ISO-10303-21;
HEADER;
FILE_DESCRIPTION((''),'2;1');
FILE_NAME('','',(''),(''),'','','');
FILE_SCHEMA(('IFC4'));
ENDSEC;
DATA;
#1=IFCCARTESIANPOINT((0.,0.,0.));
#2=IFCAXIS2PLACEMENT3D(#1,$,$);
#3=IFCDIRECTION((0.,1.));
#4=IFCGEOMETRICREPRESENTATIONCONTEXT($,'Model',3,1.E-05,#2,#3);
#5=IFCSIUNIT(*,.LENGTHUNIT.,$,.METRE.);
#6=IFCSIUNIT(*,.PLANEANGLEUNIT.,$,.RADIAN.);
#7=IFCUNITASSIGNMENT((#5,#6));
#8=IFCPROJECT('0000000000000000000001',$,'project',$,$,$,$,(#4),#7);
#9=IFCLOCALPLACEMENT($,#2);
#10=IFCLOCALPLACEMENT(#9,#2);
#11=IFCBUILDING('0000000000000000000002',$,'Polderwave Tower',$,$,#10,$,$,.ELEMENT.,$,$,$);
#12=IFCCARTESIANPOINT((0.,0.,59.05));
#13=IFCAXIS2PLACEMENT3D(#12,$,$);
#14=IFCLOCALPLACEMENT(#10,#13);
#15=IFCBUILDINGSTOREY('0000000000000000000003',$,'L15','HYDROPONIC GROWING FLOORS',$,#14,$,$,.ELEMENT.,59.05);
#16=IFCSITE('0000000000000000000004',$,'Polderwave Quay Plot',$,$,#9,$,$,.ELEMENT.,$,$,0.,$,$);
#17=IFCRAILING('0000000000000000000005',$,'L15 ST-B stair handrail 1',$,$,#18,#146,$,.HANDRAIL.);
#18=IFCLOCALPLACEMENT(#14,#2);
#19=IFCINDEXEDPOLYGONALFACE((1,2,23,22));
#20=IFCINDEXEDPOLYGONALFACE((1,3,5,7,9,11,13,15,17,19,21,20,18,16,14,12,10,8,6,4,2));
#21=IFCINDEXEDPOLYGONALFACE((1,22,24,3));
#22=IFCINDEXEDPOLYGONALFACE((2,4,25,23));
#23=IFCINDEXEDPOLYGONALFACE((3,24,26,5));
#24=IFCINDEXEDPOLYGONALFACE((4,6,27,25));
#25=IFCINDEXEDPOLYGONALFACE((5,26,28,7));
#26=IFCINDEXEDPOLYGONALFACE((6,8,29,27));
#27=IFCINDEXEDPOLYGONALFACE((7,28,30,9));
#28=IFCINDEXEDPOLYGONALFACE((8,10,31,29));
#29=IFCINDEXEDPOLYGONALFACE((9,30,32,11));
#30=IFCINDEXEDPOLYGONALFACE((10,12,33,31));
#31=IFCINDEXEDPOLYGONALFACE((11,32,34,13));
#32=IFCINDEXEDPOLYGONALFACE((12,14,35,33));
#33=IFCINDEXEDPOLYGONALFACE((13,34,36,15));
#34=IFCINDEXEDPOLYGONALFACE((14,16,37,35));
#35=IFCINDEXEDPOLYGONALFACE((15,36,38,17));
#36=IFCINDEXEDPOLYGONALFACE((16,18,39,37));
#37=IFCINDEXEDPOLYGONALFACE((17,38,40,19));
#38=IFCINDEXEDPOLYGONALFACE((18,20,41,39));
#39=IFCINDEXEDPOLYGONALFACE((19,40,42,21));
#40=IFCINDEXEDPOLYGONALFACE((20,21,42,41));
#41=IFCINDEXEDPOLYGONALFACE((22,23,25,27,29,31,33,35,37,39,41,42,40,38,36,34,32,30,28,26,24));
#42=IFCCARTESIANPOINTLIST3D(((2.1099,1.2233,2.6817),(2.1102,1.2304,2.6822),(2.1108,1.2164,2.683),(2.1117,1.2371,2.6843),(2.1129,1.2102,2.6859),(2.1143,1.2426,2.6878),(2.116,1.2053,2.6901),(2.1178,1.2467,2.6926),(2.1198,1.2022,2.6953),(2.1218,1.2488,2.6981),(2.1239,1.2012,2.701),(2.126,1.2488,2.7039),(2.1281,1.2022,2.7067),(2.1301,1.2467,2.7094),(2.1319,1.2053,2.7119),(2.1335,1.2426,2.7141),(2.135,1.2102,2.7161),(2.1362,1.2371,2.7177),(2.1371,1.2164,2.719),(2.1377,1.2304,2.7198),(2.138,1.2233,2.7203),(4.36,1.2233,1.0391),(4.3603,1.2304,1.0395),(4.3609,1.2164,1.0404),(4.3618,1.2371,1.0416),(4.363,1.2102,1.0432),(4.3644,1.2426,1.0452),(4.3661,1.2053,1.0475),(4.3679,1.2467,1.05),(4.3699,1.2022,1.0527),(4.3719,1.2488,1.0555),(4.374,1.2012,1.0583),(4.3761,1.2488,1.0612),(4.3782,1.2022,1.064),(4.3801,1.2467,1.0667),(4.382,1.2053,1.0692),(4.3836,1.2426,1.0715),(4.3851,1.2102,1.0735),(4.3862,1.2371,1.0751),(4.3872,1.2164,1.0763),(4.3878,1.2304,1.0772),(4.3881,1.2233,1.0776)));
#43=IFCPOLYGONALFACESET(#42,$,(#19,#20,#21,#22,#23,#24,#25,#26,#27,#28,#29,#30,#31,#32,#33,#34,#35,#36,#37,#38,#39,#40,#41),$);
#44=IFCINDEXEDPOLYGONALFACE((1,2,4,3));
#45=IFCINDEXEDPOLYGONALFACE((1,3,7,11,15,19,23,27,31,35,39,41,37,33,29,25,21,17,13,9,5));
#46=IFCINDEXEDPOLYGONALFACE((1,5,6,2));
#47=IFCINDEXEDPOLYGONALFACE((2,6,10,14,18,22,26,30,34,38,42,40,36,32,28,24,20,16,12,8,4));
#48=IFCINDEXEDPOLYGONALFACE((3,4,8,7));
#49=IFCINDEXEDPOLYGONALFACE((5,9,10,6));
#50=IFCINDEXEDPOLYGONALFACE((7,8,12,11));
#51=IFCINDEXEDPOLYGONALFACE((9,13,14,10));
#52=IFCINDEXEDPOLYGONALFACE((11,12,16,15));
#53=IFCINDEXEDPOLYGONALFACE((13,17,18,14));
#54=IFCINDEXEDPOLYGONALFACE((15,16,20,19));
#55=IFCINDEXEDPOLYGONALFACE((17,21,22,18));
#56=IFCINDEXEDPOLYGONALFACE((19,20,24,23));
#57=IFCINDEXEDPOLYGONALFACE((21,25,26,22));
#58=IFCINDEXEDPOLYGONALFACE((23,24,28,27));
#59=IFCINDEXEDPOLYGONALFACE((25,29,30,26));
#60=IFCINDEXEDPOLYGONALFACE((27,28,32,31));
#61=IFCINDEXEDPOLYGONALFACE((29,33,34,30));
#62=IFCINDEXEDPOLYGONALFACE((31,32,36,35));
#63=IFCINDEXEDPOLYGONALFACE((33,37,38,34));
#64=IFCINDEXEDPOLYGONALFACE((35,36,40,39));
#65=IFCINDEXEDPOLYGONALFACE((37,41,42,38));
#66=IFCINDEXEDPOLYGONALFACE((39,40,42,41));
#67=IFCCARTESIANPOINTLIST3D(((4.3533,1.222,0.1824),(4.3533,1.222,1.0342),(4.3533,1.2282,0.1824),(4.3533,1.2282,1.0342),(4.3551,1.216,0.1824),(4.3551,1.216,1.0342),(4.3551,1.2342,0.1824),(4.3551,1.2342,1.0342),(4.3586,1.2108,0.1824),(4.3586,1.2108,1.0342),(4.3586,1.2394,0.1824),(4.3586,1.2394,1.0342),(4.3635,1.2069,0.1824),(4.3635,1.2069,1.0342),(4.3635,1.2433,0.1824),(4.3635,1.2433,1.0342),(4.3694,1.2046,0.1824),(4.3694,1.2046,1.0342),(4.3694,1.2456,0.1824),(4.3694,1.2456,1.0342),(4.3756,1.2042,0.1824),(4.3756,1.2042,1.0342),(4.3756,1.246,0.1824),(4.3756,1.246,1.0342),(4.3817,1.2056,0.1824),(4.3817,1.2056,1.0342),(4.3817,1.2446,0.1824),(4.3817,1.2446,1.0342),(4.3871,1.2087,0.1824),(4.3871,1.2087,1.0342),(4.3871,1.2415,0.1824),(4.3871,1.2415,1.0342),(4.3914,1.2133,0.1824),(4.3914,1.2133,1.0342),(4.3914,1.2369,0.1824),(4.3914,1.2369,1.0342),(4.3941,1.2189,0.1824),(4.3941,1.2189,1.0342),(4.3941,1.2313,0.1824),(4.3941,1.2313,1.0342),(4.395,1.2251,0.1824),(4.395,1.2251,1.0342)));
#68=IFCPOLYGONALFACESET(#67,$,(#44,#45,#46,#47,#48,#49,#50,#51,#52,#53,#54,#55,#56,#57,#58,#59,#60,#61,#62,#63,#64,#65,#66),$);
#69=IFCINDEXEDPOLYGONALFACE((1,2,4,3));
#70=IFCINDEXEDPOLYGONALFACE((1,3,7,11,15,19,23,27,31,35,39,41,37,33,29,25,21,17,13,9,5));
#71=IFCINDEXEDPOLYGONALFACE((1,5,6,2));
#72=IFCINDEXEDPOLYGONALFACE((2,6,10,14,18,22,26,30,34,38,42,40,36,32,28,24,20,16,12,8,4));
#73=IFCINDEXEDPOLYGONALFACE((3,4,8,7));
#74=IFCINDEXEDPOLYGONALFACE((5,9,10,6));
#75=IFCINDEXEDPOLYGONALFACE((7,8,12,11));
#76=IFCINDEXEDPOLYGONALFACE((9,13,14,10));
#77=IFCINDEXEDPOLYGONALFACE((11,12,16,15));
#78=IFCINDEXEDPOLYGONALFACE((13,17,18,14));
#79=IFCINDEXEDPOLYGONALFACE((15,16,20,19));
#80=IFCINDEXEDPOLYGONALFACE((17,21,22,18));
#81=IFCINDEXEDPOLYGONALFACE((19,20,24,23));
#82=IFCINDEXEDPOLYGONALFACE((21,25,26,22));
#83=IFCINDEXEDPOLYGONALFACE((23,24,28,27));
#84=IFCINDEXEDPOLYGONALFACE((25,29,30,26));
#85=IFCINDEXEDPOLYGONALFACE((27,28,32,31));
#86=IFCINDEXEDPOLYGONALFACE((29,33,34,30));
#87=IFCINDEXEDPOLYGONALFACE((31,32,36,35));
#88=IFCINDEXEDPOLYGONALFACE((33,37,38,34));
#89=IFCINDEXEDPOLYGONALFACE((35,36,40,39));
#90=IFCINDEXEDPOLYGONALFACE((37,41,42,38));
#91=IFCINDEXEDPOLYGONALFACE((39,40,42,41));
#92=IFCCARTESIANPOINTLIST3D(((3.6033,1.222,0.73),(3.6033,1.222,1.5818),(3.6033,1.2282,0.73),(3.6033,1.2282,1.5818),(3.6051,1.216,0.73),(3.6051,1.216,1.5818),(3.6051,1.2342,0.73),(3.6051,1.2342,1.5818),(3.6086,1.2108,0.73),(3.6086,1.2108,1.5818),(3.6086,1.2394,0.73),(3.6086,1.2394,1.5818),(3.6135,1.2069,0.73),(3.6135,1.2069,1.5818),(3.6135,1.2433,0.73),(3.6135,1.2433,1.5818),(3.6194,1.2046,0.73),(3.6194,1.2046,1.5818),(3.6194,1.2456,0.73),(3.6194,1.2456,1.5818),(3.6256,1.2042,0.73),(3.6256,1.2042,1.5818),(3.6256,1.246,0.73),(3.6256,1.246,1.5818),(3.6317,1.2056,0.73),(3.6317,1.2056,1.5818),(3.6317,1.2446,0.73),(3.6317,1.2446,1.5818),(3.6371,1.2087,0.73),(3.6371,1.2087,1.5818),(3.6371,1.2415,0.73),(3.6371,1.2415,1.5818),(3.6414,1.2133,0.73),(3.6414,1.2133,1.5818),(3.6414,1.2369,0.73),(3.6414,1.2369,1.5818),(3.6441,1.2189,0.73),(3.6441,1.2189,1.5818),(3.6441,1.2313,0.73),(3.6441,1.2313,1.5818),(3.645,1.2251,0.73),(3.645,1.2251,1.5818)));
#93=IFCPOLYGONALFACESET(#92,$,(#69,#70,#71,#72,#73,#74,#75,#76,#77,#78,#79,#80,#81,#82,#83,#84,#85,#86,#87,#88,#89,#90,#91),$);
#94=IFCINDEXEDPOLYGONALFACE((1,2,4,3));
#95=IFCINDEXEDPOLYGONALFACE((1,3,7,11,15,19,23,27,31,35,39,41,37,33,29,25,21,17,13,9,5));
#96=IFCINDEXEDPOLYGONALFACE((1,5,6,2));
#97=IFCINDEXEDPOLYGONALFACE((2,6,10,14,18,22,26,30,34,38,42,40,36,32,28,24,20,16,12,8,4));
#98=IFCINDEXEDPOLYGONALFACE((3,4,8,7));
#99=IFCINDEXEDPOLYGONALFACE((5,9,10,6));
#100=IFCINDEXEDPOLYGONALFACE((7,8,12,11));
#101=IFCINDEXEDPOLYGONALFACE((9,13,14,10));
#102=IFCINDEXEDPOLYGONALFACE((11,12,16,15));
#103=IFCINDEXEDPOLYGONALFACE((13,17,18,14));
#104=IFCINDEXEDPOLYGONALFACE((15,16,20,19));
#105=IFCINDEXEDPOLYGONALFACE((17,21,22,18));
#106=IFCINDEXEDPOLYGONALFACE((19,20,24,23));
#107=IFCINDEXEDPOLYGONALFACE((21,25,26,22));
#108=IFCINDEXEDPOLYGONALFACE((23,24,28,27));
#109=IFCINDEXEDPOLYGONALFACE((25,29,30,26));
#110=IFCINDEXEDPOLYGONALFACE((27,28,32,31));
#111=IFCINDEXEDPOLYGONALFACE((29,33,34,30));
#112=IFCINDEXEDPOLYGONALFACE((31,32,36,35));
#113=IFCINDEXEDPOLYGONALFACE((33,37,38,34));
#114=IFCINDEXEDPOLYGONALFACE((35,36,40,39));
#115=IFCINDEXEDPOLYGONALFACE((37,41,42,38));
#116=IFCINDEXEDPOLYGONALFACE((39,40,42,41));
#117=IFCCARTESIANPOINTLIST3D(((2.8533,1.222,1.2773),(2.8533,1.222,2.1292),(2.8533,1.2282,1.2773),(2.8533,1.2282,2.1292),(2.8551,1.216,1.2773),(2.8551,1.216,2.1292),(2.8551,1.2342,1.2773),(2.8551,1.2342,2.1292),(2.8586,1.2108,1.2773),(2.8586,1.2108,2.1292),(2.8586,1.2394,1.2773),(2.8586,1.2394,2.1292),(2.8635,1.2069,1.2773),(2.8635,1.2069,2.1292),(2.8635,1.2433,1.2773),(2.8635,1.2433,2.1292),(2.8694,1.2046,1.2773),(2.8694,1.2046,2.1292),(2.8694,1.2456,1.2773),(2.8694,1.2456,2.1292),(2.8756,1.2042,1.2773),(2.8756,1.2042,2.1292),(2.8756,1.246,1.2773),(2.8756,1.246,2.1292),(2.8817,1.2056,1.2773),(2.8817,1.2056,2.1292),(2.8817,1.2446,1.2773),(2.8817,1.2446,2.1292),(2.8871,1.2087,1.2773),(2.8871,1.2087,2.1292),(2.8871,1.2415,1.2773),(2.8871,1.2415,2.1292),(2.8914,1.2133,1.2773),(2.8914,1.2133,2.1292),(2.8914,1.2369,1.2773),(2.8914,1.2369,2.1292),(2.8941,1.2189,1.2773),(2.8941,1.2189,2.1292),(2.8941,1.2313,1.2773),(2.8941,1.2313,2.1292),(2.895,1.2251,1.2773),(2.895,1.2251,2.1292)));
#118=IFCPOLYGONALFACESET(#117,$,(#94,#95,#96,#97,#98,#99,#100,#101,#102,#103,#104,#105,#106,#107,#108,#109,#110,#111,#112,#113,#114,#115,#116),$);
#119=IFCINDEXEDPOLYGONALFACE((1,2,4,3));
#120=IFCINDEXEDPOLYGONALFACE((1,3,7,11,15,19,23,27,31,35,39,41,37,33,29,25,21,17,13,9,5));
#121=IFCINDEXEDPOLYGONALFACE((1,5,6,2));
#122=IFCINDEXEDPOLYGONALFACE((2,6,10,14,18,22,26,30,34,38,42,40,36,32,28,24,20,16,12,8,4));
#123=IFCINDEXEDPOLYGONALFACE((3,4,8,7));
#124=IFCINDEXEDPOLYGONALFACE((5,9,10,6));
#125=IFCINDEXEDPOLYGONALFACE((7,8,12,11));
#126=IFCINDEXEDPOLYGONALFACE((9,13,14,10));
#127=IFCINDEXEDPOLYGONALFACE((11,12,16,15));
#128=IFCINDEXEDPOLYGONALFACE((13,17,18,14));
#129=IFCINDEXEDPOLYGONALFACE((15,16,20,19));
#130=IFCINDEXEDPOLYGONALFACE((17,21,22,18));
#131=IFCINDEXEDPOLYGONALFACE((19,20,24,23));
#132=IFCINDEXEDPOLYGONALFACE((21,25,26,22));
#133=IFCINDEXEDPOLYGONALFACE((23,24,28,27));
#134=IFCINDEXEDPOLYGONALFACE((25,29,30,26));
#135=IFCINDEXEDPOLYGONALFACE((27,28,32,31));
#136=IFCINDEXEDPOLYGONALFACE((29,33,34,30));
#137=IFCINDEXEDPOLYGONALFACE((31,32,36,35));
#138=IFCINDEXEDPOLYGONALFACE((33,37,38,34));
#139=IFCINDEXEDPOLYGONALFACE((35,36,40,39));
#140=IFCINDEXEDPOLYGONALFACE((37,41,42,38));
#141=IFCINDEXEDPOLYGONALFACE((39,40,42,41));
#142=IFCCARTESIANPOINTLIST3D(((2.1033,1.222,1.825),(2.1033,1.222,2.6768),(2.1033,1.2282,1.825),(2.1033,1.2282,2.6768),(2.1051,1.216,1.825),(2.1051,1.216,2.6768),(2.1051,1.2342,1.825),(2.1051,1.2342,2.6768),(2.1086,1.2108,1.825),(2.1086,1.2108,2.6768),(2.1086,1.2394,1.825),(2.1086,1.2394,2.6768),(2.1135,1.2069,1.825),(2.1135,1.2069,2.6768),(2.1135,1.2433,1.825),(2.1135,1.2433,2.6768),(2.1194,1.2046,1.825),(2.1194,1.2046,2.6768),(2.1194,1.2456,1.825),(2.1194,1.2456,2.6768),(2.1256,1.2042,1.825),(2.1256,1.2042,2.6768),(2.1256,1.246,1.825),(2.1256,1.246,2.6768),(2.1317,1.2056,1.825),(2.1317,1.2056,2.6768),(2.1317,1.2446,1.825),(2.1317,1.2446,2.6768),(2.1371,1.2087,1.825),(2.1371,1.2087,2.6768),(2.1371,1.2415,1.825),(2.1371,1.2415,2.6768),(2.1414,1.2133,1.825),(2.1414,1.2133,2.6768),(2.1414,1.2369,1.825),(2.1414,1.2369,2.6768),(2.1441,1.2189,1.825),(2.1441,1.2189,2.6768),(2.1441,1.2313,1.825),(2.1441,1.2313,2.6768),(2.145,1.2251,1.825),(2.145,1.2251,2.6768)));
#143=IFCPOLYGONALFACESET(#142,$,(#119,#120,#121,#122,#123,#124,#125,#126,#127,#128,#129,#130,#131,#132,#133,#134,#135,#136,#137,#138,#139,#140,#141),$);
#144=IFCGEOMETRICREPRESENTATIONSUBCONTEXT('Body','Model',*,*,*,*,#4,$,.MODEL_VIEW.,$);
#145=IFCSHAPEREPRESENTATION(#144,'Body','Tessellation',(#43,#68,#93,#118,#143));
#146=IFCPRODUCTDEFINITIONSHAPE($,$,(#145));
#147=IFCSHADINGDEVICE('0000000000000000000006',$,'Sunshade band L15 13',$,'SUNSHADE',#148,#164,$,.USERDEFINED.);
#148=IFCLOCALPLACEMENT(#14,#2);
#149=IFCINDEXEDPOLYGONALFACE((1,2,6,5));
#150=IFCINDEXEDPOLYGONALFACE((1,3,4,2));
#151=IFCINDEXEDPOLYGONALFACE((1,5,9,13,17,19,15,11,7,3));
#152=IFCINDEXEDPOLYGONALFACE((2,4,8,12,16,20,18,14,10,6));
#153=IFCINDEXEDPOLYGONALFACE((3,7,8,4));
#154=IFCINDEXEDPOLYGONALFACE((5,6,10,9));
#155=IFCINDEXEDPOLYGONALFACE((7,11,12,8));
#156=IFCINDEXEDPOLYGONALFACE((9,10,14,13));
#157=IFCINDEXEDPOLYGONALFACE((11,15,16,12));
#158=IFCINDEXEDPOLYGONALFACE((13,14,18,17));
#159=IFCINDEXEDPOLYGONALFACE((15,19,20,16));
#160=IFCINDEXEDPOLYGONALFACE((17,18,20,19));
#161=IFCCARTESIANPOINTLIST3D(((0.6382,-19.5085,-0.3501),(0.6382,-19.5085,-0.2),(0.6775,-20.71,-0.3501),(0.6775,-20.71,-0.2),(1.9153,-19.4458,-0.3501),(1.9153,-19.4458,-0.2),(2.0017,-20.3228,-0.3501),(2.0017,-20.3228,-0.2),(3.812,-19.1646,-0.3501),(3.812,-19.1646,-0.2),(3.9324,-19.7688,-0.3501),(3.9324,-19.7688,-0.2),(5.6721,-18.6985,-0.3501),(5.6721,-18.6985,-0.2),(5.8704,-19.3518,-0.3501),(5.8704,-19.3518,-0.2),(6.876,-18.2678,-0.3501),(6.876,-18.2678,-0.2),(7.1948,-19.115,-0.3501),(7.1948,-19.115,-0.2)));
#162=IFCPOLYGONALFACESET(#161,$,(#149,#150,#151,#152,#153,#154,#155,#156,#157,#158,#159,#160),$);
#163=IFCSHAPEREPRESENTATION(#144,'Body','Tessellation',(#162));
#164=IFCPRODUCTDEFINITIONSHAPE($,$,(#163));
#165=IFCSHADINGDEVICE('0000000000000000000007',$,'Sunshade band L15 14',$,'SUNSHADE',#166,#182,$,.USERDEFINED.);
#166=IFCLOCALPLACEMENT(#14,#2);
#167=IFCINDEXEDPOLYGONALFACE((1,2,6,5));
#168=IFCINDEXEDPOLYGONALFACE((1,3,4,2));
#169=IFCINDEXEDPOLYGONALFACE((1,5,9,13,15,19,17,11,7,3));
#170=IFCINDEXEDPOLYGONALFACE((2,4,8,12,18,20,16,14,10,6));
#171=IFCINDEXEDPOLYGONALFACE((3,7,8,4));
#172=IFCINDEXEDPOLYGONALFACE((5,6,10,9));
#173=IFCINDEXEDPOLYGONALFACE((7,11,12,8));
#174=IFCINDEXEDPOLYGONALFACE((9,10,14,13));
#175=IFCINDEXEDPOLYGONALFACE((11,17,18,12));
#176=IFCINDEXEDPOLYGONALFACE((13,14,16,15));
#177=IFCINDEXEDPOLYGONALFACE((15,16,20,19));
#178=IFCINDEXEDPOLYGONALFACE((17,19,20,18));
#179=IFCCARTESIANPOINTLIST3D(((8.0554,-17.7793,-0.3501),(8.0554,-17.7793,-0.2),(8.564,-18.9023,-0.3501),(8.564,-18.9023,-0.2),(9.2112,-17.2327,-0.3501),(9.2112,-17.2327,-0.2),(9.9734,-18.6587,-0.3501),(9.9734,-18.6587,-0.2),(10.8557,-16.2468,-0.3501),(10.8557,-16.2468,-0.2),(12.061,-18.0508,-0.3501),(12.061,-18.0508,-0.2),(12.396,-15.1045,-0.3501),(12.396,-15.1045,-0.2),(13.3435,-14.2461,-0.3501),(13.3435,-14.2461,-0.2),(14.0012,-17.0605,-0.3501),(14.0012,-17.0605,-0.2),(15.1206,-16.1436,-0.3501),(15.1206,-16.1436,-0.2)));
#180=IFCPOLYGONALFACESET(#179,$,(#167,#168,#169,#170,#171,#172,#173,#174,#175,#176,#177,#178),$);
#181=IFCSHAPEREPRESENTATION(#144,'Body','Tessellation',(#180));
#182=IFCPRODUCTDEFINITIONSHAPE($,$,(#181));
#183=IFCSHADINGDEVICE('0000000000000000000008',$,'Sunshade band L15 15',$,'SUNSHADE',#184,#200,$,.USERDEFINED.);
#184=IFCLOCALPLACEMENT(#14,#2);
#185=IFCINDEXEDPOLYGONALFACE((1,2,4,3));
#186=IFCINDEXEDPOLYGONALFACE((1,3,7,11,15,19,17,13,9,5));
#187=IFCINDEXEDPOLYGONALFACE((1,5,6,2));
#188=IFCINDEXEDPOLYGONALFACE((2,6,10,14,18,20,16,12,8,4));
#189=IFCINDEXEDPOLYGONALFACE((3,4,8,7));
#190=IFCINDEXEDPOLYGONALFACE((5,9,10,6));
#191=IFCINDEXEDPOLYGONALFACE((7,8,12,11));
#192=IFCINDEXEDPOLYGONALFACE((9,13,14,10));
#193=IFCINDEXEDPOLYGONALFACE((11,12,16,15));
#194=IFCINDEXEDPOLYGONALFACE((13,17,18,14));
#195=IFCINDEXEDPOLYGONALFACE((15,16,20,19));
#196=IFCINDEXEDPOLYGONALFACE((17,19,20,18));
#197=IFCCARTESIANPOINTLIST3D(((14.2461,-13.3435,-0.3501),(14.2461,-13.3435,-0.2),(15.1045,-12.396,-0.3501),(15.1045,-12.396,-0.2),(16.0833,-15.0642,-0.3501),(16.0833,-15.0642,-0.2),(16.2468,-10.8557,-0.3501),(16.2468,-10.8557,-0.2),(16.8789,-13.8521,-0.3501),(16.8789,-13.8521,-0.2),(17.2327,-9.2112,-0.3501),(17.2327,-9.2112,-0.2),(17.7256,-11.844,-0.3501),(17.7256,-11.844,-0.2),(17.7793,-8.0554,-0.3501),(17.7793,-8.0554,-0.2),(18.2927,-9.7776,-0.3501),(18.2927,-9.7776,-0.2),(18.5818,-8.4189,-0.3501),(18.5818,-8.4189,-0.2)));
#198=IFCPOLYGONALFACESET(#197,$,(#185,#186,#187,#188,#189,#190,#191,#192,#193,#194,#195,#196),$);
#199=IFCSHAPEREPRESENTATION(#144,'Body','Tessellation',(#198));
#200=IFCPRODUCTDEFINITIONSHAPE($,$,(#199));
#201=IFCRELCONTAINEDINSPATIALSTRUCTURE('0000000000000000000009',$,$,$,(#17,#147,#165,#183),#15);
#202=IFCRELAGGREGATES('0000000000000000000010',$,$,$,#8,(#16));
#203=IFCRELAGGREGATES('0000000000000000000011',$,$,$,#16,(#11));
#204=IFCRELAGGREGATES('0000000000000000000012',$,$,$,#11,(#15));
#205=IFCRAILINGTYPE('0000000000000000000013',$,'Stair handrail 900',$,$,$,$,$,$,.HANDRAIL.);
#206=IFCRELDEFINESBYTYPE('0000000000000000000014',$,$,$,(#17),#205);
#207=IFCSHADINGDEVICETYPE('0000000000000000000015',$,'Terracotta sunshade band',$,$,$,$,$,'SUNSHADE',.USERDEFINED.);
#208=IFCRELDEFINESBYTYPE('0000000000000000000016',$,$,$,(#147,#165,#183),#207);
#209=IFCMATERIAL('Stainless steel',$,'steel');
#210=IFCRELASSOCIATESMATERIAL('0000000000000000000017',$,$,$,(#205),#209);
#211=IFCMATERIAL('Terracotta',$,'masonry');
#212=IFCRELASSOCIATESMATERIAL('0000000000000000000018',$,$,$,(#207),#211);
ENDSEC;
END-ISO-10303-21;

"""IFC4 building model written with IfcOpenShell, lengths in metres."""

from ifc_helpers import new_model, si_unit, direction, frame, origin, origin_2d, place, context, subcontext, project, spatial, polyline, circle, outline, extrude, material, type_object, element, save


model = new_model("IFC4")

# Units and contexts
model_context = context("Model", 3, precision=1e-05, world=origin(), true_north=direction((0.0, 1.0)))
body_context = subcontext(model_context, "Body", "Model", "MODEL_VIEW")
ifc_project = project(units=[si_unit("LENGTHUNIT", "METRE"), si_unit("PLANEANGLEUNIT", "RADIAN")], contexts=[model_context])

# Site, building, storey
site_placement = place(None, origin())
site = spatial("IfcSite", under=ifc_project, at=site_placement, Name="Polderwave Quay Plot", CompositionType="ELEMENT", RefElevation=0.0)
building_placement = place(site_placement, origin())
building = spatial("IfcBuilding", under=site, at=building_placement, Name="Polderwave Tower", CompositionType="ELEMENT")
storey_placement = place(building_placement, frame((0.0, 0.0, 59.05)))
storey = spatial("IfcBuildingStorey", under=building, at=storey_placement, Name="L15", Description="HYDROPONIC GROWING FLOORS", CompositionType="ELEMENT", Elevation=59.05)

# Railing
ifc_material_1 = material(Name="Stainless steel", Category="steel")
railing_type_1 = type_object("IfcRailingType", Name="Stair handrail 900", PredefinedType="HANDRAIL", material=ifc_material_1)
railing_1_placement = place(storey_placement, frame((4.374, 1.2251, 0.1824)))
element("IfcRailing", 1, at=railing_1_placement, inside=storey, type_object=railing_type_1, Name="L15 ST-B stair handrail 1", PredefinedType="HANDRAIL", context=body_context, shape_type="SweptSolid", body=[
    extrude(circle(Radius=0.0239, at=origin_2d()), frame((0.0, 0.0, 0.876), z_axis=(-0.807674, 0.0, 0.58963), x_axis=(0.0, -1.0, 0.0)), (0.0, 0.0, 1.0), 2.7859),
    extrude(circle(Radius=0.021, at=origin_2d()), origin(), (0.0, 0.0, 1.0), 0.8518),
    extrude(circle(Radius=0.021, at=origin_2d()), frame((-0.75, 0.0, 0.5476)), (0.0, 0.0, 1.0), 0.8518),
    extrude(circle(Radius=0.021, at=origin_2d()), frame((-1.5, 0.0, 1.095)), (0.0, 0.0, 1.0), 0.8518),
    extrude(circle(Radius=0.021, at=origin_2d()), frame((-2.25, 0.0, 1.6426)), (0.0, 0.0, 1.0), 0.8518),
])

# Shading devices
ifc_material_2 = material(Name="Terracotta", Category="masonry")
shading_device_type = type_object("IfcShadingDeviceType", Name="Terracotta sunshade band", ElementType="SUNSHADE", PredefinedType="USERDEFINED", material=ifc_material_2)
shading_device_1_placement = place(storey_placement, frame((0.0, 0.0, -0.3501)))
element("IfcShadingDevice", 2, at=shading_device_1_placement, inside=storey, type_object=shading_device_type, Name="Sunshade band L15 13", ObjectType="SUNSHADE", PredefinedType="USERDEFINED", context=body_context, shape_type="SweptSolid", body=[
    extrude(outline(polyline([(0.6382, -19.5085), (1.9153, -19.4458), (3.812, -19.1646), (5.6721, -18.6985), (6.876, -18.2678), (7.1948, -19.115), (5.8704, -19.3518), (3.9324, -19.7688), (2.0017, -20.3228), (0.6775, -20.71), (0.6382, -19.5085)])), origin(), (0.0, 0.0, 1.0), 0.1501),
])
shading_device_2_placement = place(storey_placement, frame((0.0, 0.0, -0.3501)))
element("IfcShadingDevice", 3, at=shading_device_2_placement, inside=storey, type_object=shading_device_type, Name="Sunshade band L15 14", ObjectType="SUNSHADE", PredefinedType="USERDEFINED", context=body_context, shape_type="SweptSolid", body=[
    extrude(outline(polyline([(8.0554, -17.7793), (9.2112, -17.2327), (10.8557, -16.2468), (12.396, -15.1045), (13.3435, -14.2461), (15.1206, -16.1436), (14.0012, -17.0605), (12.061, -18.0508), (9.9734, -18.6587), (8.564, -18.9023), (8.0554, -17.7793)])), origin(), (0.0, 0.0, 1.0), 0.1501),
])
shading_device_3_placement = place(storey_placement, frame((0.0, 0.0, -0.3501)))
element("IfcShadingDevice", 4, at=shading_device_3_placement, inside=storey, type_object=shading_device_type, Name="Sunshade band L15 15", ObjectType="SUNSHADE", PredefinedType="USERDEFINED", context=body_context, shape_type="SweptSolid", body=[
    extrude(outline(polyline([(14.2461, -13.3435), (15.1045, -12.396), (16.2468, -10.8557), (17.2327, -9.2112), (17.7793, -8.0554), (18.5818, -8.4189), (18.2927, -9.7776), (17.7256, -11.844), (16.8789, -13.8521), (16.0833, -15.0642), (14.2461, -13.3435)])), origin(), (0.0, 0.0, 1.0), 0.1501),
])

save(model, "model.ifc")
